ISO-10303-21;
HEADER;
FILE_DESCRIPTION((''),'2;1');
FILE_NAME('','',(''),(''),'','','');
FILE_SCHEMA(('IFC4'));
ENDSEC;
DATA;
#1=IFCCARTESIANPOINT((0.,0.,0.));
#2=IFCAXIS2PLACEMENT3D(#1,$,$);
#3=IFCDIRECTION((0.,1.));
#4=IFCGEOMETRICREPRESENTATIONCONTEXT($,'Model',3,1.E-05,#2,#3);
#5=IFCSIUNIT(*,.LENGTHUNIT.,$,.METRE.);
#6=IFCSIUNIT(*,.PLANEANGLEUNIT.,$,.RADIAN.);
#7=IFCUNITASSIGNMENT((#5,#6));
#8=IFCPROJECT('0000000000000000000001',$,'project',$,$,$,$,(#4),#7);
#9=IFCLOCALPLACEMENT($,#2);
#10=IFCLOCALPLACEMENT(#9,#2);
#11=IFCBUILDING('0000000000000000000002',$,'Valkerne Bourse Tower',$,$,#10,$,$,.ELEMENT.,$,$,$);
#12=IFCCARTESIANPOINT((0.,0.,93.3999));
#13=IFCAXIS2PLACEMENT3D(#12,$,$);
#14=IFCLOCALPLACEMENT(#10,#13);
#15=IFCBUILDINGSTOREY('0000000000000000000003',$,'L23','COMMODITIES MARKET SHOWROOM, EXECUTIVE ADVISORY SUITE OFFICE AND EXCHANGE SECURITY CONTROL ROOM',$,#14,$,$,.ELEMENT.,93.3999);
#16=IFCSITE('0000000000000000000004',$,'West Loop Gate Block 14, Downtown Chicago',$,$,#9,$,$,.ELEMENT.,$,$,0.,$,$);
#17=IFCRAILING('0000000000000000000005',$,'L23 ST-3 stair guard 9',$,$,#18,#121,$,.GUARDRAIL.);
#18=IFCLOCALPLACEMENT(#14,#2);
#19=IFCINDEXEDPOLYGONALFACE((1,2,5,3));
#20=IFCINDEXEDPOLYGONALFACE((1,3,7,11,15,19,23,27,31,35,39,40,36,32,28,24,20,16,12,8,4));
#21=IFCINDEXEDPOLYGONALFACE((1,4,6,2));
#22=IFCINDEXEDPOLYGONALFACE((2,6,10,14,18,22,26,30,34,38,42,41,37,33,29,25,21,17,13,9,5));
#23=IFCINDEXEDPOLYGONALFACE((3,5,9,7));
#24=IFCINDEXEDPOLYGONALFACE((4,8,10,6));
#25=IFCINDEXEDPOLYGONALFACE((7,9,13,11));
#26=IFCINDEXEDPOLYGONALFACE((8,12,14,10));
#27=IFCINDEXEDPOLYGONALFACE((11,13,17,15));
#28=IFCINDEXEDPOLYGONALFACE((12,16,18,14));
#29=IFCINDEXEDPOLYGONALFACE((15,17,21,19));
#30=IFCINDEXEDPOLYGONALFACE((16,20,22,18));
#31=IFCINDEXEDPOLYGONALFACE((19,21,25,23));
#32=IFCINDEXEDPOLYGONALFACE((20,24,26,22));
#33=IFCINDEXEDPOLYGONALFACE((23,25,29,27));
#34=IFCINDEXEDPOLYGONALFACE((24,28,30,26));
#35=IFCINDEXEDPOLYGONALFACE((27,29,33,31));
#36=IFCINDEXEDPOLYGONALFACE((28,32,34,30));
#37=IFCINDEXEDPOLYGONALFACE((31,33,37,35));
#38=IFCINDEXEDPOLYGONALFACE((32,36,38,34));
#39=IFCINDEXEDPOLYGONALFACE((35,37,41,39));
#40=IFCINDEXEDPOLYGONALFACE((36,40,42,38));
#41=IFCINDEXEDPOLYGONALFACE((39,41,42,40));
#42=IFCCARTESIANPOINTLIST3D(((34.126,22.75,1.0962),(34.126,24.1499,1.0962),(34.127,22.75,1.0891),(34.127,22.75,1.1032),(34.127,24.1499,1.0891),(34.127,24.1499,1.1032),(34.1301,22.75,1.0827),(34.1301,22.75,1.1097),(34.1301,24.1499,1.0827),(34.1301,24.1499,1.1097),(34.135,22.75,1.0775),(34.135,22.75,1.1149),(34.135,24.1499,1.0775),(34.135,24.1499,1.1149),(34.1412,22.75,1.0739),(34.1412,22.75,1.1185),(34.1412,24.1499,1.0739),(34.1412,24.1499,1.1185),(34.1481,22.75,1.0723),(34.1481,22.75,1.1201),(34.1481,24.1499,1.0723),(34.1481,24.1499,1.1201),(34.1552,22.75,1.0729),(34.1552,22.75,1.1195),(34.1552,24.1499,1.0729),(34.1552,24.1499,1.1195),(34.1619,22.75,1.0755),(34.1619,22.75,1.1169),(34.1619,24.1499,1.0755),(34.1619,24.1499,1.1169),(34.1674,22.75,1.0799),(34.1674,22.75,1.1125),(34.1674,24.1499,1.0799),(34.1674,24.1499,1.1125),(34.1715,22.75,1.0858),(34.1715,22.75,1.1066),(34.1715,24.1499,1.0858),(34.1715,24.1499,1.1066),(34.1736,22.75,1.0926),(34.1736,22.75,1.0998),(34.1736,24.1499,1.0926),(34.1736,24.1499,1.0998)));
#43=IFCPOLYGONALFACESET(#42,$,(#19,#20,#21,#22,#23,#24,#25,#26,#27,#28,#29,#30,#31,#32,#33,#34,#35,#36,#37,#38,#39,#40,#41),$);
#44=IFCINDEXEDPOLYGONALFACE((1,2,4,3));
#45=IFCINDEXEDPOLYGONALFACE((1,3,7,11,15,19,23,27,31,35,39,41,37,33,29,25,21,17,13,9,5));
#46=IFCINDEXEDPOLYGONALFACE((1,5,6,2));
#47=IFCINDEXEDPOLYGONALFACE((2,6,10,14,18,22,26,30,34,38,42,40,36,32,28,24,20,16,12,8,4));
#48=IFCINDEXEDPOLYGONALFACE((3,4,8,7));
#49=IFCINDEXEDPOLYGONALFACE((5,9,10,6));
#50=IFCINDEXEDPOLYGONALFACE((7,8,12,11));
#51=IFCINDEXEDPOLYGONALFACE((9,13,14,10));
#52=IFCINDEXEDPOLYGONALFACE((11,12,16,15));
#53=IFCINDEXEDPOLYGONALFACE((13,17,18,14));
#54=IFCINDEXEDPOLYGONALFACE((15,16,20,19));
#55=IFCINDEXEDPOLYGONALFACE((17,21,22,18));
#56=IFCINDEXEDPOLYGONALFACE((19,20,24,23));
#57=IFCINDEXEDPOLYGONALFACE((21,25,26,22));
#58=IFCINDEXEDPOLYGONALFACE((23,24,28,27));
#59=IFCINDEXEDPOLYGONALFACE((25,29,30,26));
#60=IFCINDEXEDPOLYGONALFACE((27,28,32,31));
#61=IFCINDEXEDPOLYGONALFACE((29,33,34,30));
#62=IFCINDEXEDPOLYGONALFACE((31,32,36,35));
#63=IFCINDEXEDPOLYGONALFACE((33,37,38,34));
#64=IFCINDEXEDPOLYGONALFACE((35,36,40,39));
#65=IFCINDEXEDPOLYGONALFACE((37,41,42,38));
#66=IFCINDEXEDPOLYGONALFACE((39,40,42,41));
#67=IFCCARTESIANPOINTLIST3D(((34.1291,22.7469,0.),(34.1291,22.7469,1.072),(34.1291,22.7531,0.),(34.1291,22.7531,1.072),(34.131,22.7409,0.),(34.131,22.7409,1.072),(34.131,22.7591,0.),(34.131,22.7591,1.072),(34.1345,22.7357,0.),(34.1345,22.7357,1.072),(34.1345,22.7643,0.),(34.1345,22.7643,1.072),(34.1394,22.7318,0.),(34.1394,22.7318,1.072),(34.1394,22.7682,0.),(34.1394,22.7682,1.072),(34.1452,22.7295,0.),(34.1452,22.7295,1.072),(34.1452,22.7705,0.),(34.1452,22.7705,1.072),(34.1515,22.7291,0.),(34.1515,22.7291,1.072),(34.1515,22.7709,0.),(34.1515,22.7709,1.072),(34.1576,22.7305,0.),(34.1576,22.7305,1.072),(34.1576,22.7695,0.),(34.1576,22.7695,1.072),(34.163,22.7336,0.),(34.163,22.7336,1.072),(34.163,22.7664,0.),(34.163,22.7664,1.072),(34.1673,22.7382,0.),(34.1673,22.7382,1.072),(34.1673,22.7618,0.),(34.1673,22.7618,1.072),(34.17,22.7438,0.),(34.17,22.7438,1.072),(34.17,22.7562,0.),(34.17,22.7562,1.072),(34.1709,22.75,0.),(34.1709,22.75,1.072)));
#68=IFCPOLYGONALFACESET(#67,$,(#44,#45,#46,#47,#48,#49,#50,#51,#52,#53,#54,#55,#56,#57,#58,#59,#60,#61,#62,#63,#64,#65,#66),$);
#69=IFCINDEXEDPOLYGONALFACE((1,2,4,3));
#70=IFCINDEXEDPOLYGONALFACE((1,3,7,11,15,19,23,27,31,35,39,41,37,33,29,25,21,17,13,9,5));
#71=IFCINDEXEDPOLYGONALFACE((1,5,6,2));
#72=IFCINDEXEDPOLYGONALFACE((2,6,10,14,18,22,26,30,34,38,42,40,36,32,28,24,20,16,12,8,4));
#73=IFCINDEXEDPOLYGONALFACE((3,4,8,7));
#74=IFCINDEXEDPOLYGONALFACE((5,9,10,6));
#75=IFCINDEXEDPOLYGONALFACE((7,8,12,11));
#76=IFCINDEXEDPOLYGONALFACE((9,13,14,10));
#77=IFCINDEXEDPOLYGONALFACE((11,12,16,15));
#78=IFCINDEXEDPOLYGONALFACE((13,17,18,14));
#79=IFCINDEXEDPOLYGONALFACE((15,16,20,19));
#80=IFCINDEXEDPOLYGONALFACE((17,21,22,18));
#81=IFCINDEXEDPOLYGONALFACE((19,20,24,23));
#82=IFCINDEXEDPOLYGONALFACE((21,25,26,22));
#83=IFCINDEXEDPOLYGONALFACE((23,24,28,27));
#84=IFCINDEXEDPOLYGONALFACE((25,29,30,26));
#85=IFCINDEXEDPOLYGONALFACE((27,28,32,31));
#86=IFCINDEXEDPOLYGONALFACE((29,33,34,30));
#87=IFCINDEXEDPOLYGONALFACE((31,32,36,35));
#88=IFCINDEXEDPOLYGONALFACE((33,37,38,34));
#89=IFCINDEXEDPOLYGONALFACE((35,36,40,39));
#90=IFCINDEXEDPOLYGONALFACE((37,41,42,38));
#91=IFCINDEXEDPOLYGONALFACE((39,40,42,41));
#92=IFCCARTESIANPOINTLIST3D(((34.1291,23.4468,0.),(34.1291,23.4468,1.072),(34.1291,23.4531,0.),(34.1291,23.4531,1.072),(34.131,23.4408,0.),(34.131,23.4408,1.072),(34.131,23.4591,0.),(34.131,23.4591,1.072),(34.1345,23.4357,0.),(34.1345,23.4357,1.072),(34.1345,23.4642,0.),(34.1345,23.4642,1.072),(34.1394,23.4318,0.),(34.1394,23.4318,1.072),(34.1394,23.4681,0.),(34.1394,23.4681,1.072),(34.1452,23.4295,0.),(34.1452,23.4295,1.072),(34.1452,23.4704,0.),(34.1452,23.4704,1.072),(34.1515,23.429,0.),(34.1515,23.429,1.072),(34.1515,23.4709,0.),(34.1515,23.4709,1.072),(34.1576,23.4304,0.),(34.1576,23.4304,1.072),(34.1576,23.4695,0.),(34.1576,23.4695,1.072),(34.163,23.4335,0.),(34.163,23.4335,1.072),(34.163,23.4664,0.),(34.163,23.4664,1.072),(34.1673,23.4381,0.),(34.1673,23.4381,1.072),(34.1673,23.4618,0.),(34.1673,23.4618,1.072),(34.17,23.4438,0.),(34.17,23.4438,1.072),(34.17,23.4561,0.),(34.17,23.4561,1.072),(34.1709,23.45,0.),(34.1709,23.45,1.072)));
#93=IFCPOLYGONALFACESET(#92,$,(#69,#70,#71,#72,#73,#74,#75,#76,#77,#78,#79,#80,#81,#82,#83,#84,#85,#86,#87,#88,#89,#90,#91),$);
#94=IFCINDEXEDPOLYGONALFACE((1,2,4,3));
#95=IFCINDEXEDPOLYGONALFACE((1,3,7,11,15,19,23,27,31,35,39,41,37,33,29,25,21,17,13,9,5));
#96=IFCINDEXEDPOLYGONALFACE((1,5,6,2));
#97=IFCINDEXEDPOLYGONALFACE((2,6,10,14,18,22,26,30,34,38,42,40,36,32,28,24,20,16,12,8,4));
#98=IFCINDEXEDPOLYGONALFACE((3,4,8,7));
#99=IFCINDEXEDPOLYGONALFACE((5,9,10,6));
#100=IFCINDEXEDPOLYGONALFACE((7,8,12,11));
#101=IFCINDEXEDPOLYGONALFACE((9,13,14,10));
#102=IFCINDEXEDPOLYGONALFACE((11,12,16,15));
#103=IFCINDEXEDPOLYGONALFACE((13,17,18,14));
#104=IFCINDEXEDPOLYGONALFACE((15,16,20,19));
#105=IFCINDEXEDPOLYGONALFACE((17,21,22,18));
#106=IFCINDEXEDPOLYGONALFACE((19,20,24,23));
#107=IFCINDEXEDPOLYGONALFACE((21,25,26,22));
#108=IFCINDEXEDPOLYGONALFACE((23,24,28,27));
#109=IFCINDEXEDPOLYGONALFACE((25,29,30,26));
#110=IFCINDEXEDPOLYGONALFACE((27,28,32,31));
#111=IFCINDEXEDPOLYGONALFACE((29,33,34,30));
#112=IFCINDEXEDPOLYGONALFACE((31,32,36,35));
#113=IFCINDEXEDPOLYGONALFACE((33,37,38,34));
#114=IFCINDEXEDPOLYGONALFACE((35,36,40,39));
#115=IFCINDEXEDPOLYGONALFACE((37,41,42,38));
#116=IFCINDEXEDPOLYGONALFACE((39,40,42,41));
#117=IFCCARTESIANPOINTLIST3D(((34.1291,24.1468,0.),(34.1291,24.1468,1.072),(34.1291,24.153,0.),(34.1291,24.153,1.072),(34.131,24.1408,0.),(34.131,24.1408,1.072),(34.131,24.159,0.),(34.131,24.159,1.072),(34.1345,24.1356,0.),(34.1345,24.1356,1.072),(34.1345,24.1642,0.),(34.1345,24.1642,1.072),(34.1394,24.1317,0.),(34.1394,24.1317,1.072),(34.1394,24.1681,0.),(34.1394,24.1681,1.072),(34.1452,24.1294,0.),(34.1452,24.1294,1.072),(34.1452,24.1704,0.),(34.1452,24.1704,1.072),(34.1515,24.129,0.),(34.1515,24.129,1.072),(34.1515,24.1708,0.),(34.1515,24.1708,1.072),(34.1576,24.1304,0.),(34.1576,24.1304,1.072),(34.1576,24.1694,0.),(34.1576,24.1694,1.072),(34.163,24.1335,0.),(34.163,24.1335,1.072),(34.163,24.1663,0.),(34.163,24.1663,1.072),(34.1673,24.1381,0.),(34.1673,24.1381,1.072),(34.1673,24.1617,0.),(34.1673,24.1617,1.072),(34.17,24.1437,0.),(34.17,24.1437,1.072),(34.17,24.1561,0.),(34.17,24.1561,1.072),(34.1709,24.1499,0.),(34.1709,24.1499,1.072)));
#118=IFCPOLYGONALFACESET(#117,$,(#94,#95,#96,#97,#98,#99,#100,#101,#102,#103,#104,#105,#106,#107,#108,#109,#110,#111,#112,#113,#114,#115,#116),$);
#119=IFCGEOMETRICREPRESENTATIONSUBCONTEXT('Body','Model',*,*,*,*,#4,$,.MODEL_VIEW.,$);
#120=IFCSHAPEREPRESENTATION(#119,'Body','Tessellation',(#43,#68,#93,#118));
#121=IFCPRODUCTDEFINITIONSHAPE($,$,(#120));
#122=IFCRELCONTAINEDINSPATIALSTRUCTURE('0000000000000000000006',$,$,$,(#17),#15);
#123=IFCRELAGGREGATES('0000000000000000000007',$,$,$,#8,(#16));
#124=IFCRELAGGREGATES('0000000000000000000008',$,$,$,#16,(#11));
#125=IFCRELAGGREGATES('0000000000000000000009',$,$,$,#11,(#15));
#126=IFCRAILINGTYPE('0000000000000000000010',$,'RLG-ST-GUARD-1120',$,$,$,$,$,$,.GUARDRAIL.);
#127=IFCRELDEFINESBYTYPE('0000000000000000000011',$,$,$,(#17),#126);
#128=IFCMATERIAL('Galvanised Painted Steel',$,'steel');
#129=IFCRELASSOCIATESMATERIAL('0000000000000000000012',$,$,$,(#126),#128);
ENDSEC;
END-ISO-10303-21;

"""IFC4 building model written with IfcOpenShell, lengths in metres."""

from ifc_helpers import new_model, si_unit, direction, frame, origin, origin_2d, place, context, subcontext, project, spatial, circle, extrude, material, type_object, element, save


model = new_model("IFC4")

# Units and contexts
model_context = context("Model", 3, precision=1e-05, world=origin(), true_north=direction((0.0, 1.0)))
body_context = subcontext(model_context, "Body", "Model", "MODEL_VIEW")
ifc_project = project(units=[si_unit("LENGTHUNIT", "METRE"), si_unit("PLANEANGLEUNIT", "RADIAN")], contexts=[model_context])

# Site, building, storey
site_placement = place(None, origin())
site = spatial("IfcSite", under=ifc_project, at=site_placement, Name="West Loop Gate Block 14, Downtown Chicago", CompositionType="ELEMENT", RefElevation=0.0)
building_placement = place(site_placement, origin())
building = spatial("IfcBuilding", under=site, at=building_placement, Name="Valkerne Bourse Tower", CompositionType="ELEMENT")
storey_placement = place(building_placement, frame((0.0, 0.0, 93.3999)))
storey = spatial("IfcBuildingStorey", under=building, at=storey_placement, Name="L23", Description="COMMODITIES MARKET SHOWROOM, EXECUTIVE ADVISORY SUITE OFFICE AND EXCHANGE SECURITY CONTROL ROOM", CompositionType="ELEMENT", Elevation=93.3999)

# Shared definitions
ifc_material_1 = material(Name="Galvanised Painted Steel", Category="steel")

# Railing
railing_type_1 = type_object("IfcRailingType", Name="RLG-ST-GUARD-1120", PredefinedType="GUARDRAIL", material=ifc_material_1)
for number, where, name in (
    (1, (34.1499, 22.75, 0.0), "L23 ST-3 stair guard 9"),
):
    element("IfcRailing", number, at=place(storey_placement, frame(where)), inside=storey, type_object=railing_type_1, Name=name, PredefinedType="GUARDRAIL", context=body_context, shape_type="SweptSolid", body=[
        extrude(circle(Radius=0.0239, at=origin_2d()), frame((0.0, 0.0, 1.0962), z_axis=(0.0, 1.0, 0.0), x_axis=(-1.0, 0.0, 0.0)), (0.0, 0.0, 1.0), 1.3999),
        extrude(circle(Radius=0.021, at=origin_2d()), origin(), (0.0, 0.0, 1.0), 1.072),
        extrude(circle(Radius=0.021, at=origin_2d()), frame((0.0, 0.7, 0.0)), (0.0, 0.0, 1.0), 1.072),
        extrude(circle(Radius=0.021, at=origin_2d()), frame((0.0, 1.3999, 0.0)), (0.0, 0.0, 1.0), 1.072),
    ])

save(model, "model.ifc")
